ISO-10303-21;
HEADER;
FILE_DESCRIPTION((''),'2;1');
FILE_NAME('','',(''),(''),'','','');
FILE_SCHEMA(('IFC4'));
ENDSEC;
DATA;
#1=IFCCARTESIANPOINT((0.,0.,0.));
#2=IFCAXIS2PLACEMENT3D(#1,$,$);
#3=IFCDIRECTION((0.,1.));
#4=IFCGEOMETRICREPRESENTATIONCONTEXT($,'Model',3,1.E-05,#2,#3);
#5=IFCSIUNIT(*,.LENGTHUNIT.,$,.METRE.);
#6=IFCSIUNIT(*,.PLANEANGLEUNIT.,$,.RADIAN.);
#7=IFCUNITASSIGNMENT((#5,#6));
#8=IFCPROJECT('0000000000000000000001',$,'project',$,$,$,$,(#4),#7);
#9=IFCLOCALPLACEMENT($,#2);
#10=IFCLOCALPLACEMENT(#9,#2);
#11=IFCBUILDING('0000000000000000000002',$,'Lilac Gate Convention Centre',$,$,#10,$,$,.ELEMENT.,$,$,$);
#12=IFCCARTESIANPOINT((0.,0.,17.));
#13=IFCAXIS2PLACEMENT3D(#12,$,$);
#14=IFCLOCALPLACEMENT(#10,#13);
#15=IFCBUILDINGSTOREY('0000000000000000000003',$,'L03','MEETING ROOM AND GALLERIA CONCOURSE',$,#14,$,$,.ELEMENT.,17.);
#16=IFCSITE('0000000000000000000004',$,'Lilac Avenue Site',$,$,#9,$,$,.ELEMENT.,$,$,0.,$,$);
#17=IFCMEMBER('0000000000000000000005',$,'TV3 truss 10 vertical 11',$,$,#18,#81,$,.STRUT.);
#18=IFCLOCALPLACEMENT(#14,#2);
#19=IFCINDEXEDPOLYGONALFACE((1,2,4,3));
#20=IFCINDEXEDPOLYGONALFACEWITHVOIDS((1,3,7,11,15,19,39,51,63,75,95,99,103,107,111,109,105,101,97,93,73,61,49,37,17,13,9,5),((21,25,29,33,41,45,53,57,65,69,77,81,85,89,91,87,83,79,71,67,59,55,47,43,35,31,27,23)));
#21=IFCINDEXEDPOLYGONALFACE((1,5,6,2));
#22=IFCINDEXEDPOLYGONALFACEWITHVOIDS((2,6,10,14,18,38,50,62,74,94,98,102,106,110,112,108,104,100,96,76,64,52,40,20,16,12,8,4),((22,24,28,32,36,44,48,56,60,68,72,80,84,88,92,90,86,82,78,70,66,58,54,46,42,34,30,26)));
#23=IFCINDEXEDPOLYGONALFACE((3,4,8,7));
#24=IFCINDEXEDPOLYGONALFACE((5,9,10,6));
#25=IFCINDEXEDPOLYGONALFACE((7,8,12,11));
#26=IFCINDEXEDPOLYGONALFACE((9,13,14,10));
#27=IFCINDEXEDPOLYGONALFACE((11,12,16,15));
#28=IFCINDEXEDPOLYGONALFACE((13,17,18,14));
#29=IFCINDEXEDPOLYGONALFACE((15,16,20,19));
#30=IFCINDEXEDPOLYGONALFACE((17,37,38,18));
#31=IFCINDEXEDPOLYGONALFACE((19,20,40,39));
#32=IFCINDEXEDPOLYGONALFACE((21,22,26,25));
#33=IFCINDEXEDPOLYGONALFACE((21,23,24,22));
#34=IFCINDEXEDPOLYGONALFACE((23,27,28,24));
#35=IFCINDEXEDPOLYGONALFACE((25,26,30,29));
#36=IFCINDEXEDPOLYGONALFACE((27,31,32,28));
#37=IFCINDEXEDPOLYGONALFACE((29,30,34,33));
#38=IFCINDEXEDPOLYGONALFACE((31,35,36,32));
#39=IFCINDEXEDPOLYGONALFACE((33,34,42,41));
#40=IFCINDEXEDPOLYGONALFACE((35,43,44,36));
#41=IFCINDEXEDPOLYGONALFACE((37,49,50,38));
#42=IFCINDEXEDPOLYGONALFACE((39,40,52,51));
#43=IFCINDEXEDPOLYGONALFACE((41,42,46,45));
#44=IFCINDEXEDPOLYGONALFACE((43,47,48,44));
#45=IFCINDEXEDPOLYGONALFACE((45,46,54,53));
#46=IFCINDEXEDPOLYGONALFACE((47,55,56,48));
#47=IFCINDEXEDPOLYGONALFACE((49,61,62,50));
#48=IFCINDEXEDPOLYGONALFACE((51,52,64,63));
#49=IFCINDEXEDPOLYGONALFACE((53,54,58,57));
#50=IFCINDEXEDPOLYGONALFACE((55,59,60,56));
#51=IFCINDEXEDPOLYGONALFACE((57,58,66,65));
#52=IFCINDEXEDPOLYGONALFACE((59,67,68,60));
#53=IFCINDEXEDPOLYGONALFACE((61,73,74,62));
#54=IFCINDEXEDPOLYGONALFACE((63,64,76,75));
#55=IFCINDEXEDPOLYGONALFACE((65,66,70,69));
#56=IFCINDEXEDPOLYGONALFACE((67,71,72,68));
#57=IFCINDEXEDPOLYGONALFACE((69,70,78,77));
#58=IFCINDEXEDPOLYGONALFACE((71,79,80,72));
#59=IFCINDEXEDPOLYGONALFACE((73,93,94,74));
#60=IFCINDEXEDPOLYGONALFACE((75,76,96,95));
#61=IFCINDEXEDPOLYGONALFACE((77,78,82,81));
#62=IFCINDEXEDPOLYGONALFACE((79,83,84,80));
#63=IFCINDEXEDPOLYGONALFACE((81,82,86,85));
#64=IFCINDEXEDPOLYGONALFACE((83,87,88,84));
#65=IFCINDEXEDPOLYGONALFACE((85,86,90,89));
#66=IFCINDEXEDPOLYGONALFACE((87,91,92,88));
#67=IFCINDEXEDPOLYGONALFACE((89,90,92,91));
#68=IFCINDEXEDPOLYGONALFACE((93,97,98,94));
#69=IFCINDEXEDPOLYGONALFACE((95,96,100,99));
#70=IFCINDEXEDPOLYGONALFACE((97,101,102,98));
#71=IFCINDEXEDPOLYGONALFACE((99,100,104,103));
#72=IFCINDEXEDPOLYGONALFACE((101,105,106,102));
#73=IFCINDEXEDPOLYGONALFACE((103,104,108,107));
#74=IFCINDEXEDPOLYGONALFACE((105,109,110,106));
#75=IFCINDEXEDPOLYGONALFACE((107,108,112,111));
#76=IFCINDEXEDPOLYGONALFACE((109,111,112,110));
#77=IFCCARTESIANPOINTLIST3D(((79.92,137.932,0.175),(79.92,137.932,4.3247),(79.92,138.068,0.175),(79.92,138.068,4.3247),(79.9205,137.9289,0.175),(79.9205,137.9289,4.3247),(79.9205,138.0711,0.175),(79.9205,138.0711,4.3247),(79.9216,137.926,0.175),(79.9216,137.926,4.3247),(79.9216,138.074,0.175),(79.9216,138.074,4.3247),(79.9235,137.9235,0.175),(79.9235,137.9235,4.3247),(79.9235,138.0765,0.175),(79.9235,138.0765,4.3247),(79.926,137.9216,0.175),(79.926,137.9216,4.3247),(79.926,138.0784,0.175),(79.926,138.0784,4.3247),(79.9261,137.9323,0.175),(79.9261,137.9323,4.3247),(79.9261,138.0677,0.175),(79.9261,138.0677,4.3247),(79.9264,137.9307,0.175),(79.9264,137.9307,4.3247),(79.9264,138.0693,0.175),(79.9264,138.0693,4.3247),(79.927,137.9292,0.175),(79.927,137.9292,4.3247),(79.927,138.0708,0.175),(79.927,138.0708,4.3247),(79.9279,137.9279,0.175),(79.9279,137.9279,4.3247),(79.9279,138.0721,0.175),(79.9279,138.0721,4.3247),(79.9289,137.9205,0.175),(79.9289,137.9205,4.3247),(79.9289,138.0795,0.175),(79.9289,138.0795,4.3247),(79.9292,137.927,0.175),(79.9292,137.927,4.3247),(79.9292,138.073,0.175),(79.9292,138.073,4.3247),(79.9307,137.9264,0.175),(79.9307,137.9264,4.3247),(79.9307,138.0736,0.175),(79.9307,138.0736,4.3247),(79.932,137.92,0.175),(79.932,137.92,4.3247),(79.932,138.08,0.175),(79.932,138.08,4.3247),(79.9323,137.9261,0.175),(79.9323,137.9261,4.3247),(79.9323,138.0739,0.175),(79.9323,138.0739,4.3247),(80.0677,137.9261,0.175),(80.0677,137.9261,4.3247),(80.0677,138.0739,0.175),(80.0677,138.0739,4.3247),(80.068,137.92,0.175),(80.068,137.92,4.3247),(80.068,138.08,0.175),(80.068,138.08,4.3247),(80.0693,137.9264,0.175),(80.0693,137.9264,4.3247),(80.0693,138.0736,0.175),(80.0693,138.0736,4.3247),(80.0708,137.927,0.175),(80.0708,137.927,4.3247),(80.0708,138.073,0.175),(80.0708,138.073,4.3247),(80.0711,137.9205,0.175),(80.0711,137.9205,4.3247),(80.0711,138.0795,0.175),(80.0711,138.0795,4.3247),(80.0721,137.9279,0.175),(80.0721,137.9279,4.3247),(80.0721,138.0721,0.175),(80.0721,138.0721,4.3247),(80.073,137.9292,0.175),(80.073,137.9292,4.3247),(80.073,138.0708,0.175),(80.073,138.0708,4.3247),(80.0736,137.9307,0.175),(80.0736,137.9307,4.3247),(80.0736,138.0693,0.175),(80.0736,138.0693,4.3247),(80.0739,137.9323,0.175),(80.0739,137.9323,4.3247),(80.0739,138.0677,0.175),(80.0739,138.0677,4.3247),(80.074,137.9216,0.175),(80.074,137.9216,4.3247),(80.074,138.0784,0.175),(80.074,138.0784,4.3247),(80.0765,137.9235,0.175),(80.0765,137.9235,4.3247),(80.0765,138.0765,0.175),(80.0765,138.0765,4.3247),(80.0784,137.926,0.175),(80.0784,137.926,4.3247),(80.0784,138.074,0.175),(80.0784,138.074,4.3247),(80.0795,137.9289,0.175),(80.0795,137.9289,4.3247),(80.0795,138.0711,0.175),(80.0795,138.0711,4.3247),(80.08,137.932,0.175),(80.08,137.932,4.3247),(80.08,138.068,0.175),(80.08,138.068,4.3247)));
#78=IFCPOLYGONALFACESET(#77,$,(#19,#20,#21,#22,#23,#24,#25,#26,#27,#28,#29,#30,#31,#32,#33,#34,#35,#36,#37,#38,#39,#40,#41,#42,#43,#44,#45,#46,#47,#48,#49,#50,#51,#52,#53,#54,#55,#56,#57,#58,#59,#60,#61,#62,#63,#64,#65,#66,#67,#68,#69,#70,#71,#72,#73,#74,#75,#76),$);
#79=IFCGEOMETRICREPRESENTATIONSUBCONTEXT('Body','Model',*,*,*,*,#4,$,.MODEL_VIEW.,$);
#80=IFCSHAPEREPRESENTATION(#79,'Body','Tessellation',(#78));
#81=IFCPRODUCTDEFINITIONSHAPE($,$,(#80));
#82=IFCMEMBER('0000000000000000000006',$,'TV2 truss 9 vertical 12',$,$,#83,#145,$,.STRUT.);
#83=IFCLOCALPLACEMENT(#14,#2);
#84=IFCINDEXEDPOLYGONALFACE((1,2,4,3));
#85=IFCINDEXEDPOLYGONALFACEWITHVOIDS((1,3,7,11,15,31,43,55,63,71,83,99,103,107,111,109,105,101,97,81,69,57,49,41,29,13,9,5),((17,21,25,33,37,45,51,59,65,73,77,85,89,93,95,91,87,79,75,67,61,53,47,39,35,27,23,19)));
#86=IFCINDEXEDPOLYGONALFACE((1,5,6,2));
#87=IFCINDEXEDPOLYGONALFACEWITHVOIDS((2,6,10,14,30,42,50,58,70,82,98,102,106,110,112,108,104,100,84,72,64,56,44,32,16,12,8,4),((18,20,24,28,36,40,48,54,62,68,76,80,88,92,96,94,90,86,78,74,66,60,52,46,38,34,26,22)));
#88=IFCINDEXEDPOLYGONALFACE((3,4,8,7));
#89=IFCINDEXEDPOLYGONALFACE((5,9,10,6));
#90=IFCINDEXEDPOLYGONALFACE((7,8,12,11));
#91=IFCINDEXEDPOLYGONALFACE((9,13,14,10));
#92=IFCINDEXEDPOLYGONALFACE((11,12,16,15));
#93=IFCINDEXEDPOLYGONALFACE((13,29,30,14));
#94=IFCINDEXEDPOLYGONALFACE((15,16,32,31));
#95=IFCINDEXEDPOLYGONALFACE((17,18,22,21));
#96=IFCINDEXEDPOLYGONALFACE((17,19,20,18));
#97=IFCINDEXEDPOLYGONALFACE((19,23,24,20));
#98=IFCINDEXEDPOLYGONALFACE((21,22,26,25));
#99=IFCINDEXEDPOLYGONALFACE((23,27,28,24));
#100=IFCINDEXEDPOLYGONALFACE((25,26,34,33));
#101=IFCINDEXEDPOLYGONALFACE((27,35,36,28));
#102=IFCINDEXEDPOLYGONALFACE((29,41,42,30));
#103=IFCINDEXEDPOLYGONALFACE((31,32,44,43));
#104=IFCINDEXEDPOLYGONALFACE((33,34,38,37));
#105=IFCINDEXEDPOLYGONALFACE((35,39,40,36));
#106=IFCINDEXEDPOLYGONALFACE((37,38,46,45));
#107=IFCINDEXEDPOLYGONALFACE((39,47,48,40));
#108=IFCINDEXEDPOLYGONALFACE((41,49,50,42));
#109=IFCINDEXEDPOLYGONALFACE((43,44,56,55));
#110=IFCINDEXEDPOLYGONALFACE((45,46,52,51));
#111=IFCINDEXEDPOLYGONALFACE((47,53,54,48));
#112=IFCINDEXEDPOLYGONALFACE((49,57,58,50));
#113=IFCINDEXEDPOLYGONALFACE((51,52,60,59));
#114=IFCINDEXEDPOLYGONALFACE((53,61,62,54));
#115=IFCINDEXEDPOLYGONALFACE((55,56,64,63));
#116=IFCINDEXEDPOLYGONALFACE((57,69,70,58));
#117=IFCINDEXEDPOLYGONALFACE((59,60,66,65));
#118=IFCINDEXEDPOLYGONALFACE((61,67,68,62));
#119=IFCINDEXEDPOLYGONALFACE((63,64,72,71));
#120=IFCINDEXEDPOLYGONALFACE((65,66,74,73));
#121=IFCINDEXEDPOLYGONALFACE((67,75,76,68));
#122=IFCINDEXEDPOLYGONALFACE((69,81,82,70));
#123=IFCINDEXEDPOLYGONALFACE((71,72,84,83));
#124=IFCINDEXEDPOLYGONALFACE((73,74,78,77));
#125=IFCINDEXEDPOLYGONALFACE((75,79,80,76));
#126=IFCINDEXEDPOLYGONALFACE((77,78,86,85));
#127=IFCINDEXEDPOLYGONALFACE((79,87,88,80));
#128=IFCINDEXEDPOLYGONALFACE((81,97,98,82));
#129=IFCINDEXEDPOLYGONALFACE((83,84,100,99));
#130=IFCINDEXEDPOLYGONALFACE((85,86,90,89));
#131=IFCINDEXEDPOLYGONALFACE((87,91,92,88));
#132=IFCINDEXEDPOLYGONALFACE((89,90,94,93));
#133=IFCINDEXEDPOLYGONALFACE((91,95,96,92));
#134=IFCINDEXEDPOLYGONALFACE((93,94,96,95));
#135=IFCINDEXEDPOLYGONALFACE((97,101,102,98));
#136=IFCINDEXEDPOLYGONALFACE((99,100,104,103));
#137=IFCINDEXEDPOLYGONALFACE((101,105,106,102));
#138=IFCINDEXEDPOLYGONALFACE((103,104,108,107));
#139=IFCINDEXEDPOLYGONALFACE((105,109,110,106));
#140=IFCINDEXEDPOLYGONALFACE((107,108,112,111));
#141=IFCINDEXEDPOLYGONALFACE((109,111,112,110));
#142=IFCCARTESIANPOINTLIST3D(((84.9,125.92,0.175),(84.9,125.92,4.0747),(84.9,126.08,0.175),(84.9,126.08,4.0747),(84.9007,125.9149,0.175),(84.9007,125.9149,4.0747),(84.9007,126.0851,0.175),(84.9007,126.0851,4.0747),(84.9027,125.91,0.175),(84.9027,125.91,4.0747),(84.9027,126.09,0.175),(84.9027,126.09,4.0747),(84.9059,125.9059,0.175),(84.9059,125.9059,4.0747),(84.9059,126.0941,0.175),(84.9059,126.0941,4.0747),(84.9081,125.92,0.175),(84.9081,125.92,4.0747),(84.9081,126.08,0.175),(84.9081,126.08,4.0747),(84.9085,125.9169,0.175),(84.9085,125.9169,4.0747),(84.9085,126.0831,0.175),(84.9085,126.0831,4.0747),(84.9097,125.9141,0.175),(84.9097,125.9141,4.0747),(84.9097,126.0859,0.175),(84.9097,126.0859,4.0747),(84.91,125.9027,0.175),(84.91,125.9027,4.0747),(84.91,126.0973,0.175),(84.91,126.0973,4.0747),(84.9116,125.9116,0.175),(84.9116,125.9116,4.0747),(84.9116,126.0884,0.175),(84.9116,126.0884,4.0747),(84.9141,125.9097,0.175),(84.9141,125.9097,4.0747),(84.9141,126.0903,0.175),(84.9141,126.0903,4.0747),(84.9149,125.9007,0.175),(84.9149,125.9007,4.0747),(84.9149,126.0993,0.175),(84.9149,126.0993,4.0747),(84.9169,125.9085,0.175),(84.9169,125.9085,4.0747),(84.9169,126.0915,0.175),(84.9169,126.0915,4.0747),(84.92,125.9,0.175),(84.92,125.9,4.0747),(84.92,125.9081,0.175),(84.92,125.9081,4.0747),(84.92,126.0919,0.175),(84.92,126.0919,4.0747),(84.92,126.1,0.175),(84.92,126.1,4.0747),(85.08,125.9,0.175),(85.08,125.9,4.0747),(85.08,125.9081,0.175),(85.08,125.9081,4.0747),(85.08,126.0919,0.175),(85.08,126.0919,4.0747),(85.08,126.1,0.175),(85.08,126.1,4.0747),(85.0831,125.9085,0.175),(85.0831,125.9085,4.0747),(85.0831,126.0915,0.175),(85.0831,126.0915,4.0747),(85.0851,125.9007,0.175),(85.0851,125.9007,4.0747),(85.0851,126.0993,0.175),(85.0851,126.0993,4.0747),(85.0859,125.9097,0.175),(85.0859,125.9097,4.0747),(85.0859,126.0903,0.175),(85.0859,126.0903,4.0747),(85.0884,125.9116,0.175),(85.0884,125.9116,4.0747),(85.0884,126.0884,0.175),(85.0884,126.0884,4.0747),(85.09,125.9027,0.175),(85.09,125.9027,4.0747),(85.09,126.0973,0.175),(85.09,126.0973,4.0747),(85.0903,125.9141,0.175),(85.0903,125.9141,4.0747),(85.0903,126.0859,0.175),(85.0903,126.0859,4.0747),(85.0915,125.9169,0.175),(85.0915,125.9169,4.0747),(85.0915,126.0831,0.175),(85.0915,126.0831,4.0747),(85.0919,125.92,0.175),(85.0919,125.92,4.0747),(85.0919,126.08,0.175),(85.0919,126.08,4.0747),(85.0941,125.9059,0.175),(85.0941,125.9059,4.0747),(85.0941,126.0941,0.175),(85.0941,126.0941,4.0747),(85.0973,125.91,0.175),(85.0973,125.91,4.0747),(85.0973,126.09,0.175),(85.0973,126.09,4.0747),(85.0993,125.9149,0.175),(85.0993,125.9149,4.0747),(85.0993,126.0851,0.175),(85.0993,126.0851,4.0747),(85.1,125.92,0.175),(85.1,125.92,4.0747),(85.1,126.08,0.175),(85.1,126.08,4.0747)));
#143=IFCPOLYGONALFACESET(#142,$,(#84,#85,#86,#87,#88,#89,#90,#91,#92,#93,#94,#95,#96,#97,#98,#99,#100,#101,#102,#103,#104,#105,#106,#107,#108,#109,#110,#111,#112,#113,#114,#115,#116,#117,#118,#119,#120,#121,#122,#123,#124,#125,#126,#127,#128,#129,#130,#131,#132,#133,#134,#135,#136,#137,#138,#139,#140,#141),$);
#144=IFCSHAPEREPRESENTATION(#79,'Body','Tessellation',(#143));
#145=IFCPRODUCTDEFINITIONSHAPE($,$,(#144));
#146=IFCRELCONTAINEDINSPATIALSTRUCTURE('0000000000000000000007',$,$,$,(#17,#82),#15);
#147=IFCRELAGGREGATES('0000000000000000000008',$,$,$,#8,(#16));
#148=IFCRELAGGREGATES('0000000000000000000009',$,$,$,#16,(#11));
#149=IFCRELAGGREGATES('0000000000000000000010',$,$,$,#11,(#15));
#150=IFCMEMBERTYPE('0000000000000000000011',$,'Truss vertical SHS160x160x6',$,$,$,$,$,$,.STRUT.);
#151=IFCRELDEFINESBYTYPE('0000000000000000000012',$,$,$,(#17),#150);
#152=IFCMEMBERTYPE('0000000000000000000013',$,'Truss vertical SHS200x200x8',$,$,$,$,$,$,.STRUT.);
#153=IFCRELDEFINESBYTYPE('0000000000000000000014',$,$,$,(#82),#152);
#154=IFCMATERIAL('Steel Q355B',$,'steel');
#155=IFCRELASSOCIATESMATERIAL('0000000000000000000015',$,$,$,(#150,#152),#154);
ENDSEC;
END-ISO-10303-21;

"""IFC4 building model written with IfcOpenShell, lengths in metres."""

from ifc_helpers import new_model, si_unit, direction, frame, origin, origin_2d, place, context, subcontext, project, spatial, hollow_rectangle, extrude, material, material_profile, profile_set, type_object, element, save


model = new_model("IFC4")

# Units and contexts
model_context = context("Model", 3, precision=1e-05, world=origin(), true_north=direction((0.0, 1.0)))
body_context = subcontext(model_context, "Body", "Model", "MODEL_VIEW")
ifc_project = project(units=[si_unit("LENGTHUNIT", "METRE"), si_unit("PLANEANGLEUNIT", "RADIAN")], contexts=[model_context])

# Site, building, storey
site_placement = place(None, origin())
site = spatial("IfcSite", under=ifc_project, at=site_placement, Name="Lilac Avenue Site", CompositionType="ELEMENT", RefElevation=0.0)
building_placement = place(site_placement, origin())
building = spatial("IfcBuilding", under=site, at=building_placement, Name="Lilac Gate Convention Centre", CompositionType="ELEMENT")
storey_placement = place(building_placement, frame((0.0, 0.0, 17.0)))
storey = spatial("IfcBuildingStorey", under=building, at=storey_placement, Name="L03", Description="MEETING ROOM AND GALLERIA CONCOURSE", CompositionType="ELEMENT", Elevation=17.0)

# Members
ifc_material = material(Name="Steel Q355B", Category="steel")
ifc_material_profile_1 = material_profile(ifc_material, hollow_rectangle(XDim=0.1599, YDim=0.1599, WallThickness=0.0061, InnerFilletRadius=0.0061, OuterFilletRadius=0.012, at=origin_2d()), Name="SHS160x160x6")
ifc_profile_set_1 = profile_set([ifc_material_profile_1], Name="Steel Q355B")
member_type_1 = type_object("IfcMemberType", Name="Truss vertical SHS160x160x6", PredefinedType="STRUT", material=ifc_profile_set_1)
member_1_placement = place(storey_placement, frame((80.0, 138.0, 0.175), z_axis=(0.0, 0.0, 1.0), x_axis=(1.0, 0.0, 0.0)))
element("IfcMember", 1, at=member_1_placement, inside=storey, type_object=member_type_1, Name="TV3 truss 10 vertical 11", PredefinedType="STRUT", context=body_context, shape_type="SweptSolid", body=[
    extrude(hollow_rectangle(XDim=0.1599, YDim=0.1599, WallThickness=0.0061, InnerFilletRadius=0.0061, OuterFilletRadius=0.012, at=origin_2d()), origin(), (0.0, 0.0, 1.0), 4.1497),
])
ifc_material_profile_2 = material_profile(ifc_material, hollow_rectangle(XDim=0.2, YDim=0.2, WallThickness=0.0081, InnerFilletRadius=0.012, OuterFilletRadius=0.02, at=origin_2d()), Name="SHS200x200x8")
ifc_profile_set_2 = profile_set([ifc_material_profile_2], Name="Steel Q355B")
member_type_2 = type_object("IfcMemberType", Name="Truss vertical SHS200x200x8", PredefinedType="STRUT", material=ifc_profile_set_2)
for number, where, z_axis, x_axis, name in (
    (2, (85.0, 126.0, 0.175), (0.0, 0.0, 1.0), (1.0, 0.0, 0.0), "TV2 truss 9 vertical 12"),
):
    element("IfcMember", number, at=place(storey_placement, frame(where, z_axis=z_axis, x_axis=x_axis)), inside=storey, type_object=member_type_2, Name=name, PredefinedType="STRUT", context=body_context, shape_type="SweptSolid", body=[
        extrude(hollow_rectangle(XDim=0.2, YDim=0.2, WallThickness=0.0081, InnerFilletRadius=0.012, OuterFilletRadius=0.02, at=origin_2d()), origin(), (0.0, 0.0, 1.0), 3.8997),
    ])

save(model, "model.ifc")
